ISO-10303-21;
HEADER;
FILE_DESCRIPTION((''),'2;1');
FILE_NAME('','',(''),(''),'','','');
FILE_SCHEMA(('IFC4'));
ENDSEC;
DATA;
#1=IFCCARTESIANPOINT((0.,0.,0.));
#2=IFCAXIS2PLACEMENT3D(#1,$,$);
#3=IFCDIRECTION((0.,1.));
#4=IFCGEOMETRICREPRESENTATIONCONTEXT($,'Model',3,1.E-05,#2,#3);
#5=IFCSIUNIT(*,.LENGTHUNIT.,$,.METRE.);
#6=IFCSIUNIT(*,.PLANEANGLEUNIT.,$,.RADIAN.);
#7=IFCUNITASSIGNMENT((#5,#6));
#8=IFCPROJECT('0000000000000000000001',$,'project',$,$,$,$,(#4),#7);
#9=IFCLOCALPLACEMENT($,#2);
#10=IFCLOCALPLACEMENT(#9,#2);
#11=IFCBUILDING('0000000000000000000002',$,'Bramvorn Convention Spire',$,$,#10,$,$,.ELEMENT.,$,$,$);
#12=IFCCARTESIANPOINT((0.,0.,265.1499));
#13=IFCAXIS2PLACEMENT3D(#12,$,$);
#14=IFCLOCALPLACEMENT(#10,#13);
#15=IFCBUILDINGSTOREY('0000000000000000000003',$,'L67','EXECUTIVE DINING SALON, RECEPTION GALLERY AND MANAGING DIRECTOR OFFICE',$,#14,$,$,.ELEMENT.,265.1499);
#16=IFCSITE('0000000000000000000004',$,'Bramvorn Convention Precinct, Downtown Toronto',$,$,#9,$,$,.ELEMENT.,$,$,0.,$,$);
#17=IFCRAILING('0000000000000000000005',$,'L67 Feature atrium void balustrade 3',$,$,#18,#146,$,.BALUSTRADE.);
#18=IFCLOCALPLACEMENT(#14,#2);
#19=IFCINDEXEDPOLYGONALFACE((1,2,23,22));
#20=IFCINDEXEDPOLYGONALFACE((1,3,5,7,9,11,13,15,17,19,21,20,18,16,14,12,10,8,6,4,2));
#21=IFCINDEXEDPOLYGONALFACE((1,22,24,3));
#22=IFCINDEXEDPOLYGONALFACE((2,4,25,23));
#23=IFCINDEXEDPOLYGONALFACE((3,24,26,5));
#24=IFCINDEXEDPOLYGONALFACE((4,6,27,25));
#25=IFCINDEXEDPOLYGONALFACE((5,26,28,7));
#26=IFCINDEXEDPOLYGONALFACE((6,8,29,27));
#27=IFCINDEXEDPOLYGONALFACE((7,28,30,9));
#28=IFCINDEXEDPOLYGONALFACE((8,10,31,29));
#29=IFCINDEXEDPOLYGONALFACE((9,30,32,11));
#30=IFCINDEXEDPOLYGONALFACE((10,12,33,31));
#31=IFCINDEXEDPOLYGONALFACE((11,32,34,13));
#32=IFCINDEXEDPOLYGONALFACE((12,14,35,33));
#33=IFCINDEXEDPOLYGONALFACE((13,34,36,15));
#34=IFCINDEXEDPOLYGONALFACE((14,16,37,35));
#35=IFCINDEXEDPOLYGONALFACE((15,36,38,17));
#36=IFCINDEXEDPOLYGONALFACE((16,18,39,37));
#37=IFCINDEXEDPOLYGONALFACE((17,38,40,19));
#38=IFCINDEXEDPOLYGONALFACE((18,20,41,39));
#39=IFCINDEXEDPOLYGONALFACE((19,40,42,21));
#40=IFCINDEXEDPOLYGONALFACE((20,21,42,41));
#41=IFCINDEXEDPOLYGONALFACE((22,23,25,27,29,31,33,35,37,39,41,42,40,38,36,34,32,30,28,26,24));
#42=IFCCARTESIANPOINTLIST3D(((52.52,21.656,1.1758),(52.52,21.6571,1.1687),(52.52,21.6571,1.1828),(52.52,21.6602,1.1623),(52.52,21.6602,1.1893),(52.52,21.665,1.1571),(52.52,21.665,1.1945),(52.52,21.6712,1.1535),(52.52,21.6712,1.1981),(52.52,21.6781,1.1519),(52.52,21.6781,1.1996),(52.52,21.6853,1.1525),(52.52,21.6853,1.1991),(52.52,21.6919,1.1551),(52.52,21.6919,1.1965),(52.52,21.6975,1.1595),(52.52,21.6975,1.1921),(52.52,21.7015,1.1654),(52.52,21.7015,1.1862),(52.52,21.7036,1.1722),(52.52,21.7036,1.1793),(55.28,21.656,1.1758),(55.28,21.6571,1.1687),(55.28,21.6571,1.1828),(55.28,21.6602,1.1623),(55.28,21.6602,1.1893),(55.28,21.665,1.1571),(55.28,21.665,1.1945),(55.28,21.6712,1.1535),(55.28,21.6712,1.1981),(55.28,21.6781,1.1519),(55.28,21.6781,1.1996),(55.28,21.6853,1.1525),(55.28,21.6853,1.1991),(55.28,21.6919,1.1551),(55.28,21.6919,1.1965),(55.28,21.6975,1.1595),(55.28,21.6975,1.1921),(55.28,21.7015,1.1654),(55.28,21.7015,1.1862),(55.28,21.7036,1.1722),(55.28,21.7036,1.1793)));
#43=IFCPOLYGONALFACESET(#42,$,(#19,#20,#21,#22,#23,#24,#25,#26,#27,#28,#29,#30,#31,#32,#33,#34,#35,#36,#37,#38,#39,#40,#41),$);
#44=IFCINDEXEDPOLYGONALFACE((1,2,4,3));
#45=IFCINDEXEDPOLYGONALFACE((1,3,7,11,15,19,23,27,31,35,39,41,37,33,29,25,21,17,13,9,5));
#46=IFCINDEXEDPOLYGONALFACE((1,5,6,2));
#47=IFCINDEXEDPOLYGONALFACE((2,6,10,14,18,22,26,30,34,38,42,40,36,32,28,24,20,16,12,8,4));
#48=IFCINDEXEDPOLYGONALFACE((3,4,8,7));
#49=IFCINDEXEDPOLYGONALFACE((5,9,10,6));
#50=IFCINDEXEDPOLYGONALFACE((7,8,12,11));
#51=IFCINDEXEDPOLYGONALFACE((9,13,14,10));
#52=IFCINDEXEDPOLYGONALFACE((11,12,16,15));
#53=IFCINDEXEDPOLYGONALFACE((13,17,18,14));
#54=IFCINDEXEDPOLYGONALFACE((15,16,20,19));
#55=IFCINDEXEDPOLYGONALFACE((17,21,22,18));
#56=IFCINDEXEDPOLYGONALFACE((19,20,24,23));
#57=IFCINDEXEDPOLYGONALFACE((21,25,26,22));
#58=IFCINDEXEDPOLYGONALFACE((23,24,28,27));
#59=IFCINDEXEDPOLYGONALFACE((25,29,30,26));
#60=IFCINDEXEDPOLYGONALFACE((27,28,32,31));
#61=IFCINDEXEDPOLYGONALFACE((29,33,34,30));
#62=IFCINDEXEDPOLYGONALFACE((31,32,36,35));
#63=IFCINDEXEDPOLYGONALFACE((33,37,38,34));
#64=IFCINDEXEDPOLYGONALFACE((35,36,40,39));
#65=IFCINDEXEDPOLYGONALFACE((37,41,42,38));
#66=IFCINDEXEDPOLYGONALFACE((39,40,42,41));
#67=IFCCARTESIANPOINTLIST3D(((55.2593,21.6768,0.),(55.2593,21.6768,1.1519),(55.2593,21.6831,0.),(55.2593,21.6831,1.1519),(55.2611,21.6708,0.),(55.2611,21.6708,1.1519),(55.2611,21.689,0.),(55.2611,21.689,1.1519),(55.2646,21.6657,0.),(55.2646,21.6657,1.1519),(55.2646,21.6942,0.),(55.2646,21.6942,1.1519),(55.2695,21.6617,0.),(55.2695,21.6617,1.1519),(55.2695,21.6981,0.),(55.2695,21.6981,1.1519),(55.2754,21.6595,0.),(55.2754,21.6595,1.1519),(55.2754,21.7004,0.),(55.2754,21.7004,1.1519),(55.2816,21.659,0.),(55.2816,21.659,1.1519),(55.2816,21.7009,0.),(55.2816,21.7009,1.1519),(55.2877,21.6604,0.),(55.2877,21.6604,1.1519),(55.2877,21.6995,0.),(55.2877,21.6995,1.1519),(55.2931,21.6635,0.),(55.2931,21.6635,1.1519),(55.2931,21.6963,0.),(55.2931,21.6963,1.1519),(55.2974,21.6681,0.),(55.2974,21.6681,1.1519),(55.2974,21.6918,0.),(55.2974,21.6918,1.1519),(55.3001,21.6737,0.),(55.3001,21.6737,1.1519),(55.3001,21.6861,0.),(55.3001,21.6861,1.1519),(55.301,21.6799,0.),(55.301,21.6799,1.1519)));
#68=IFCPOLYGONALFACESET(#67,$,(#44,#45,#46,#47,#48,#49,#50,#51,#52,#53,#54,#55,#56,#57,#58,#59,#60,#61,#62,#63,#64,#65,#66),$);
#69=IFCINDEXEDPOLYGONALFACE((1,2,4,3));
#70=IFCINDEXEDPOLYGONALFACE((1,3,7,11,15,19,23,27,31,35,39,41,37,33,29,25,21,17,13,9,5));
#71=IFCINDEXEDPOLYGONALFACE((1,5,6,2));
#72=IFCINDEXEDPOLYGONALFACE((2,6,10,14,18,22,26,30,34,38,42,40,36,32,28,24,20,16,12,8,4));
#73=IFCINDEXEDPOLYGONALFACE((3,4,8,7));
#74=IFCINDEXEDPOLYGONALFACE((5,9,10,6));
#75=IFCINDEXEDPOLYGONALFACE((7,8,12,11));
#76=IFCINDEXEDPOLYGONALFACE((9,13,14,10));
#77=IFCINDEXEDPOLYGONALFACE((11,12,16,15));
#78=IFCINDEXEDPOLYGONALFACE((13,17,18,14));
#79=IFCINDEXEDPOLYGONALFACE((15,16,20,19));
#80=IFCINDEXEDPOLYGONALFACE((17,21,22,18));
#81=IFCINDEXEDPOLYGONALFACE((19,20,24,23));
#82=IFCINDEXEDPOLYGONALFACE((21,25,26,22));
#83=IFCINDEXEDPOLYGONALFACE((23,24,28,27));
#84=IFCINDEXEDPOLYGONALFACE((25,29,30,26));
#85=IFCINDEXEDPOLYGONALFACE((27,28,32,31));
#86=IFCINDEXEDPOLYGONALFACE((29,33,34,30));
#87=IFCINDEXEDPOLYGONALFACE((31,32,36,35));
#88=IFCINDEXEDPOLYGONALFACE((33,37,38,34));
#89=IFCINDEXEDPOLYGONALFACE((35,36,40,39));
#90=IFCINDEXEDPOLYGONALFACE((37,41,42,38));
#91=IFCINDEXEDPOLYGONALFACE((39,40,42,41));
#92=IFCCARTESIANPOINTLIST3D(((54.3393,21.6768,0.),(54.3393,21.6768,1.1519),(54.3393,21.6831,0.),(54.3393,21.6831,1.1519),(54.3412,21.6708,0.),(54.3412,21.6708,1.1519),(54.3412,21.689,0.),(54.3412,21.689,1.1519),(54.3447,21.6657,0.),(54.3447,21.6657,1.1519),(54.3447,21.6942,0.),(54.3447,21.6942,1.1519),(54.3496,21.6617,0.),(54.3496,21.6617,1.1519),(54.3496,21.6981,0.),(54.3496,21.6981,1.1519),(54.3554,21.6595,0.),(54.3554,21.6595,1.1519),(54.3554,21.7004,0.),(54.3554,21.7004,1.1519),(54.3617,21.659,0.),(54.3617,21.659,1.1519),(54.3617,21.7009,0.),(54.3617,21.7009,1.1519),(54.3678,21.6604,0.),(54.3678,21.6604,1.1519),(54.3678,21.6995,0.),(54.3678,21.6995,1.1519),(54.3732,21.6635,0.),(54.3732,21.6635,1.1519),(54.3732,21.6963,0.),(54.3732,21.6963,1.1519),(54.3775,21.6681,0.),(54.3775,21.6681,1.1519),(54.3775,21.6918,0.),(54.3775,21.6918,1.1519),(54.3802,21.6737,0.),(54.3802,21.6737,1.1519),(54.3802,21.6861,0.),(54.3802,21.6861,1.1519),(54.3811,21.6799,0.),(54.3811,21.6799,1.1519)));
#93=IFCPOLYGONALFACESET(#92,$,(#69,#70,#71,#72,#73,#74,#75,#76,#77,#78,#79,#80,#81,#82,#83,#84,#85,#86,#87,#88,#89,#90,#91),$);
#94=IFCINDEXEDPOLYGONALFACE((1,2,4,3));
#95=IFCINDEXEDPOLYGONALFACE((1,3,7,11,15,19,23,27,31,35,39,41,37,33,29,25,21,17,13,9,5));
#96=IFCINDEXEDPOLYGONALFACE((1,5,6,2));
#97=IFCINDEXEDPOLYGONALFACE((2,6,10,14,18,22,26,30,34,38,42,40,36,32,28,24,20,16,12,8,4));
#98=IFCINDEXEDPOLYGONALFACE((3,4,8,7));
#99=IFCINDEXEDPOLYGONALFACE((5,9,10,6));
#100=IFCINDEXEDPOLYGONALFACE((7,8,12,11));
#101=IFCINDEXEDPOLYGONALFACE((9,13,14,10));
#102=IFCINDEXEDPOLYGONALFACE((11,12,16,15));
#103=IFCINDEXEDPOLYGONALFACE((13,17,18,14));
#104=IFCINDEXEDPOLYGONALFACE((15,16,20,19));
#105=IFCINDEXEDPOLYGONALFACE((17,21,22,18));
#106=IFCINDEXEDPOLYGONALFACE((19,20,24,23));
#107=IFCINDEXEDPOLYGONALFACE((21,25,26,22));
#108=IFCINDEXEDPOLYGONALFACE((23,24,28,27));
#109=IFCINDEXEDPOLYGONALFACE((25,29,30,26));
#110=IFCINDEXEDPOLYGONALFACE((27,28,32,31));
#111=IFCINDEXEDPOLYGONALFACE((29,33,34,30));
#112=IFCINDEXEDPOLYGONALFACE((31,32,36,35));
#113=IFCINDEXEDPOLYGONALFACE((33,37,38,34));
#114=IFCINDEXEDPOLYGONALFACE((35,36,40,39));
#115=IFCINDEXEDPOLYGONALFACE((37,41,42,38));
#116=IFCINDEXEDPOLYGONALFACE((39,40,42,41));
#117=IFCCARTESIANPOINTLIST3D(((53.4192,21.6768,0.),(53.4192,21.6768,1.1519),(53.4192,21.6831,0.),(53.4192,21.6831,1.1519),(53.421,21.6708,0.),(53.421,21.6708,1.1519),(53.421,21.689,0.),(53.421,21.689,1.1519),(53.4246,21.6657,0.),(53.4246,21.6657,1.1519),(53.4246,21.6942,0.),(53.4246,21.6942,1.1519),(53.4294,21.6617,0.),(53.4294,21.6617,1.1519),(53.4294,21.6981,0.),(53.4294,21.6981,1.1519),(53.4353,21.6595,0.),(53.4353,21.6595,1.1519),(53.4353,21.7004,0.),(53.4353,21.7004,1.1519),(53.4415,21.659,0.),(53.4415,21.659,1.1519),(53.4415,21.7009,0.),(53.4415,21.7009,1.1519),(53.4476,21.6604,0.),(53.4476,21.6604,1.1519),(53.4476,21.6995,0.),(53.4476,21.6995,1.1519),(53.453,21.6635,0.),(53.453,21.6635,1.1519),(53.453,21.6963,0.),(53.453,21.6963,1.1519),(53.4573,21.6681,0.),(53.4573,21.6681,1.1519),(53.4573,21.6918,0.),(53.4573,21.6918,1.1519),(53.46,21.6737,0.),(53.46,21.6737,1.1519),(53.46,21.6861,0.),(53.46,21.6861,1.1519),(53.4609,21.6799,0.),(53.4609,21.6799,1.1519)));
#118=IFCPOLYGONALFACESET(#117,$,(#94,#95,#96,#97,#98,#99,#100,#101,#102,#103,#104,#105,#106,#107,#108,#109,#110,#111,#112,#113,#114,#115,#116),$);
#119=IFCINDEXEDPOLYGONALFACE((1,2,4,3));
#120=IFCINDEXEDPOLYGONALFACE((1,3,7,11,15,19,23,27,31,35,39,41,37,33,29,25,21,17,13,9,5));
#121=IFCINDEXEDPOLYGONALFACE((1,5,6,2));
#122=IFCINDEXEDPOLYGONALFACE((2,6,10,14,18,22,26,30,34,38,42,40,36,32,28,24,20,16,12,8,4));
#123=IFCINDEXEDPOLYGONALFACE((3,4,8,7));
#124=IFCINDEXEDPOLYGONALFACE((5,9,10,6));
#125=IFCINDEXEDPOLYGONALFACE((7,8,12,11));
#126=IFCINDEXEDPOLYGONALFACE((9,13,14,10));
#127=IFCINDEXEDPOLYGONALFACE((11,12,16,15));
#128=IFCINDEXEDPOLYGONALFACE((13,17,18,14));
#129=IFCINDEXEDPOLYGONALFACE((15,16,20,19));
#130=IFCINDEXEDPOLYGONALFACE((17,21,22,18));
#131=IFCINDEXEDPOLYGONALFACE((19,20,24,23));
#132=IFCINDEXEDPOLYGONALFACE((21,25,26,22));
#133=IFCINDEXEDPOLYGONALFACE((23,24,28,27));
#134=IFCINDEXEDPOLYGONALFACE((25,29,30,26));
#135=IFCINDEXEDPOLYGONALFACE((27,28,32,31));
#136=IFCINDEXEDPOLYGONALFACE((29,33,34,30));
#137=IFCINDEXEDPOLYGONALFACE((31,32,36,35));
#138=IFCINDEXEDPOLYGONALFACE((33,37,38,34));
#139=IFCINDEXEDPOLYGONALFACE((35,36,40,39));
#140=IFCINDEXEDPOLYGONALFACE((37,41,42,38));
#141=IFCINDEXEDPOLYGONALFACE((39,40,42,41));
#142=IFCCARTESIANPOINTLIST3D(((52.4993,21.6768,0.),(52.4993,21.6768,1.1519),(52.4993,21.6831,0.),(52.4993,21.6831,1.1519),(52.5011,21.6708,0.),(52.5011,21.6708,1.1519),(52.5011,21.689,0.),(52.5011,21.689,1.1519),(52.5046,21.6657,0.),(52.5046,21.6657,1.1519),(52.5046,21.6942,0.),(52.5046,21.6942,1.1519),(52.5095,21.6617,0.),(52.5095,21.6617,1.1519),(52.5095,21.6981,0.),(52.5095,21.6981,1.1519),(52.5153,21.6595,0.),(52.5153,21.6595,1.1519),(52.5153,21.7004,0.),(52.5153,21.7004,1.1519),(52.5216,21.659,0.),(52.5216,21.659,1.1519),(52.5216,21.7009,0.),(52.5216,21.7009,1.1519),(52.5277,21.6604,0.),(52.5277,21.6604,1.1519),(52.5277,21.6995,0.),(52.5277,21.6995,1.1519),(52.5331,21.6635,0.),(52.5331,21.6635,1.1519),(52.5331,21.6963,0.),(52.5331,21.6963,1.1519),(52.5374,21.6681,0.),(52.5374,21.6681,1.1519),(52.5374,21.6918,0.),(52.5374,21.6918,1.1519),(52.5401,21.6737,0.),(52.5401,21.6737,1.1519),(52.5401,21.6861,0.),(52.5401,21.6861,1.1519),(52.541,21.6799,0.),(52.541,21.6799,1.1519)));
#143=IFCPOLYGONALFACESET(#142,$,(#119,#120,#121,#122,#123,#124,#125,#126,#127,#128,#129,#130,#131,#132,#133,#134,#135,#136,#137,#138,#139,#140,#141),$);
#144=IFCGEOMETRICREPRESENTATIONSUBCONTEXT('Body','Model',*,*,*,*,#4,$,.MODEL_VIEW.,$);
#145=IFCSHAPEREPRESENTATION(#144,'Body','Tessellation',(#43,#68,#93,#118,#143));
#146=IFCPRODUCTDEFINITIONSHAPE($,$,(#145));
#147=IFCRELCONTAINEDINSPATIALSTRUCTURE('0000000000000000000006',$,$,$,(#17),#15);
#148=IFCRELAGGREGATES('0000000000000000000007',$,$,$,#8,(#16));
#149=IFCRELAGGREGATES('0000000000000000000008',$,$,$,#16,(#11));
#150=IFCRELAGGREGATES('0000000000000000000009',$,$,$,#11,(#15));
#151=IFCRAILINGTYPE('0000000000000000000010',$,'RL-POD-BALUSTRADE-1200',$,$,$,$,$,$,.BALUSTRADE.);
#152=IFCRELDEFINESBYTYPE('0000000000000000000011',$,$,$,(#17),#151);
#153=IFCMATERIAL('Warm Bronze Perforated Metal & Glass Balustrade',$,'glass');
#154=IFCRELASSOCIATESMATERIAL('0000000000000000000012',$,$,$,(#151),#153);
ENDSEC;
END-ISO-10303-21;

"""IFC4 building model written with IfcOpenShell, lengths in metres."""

from ifc_helpers import new_model, si_unit, direction, frame, origin, origin_2d, place, context, subcontext, project, spatial, circle, extrude, material, type_object, element, save


model = new_model("IFC4")

# Units and contexts
model_context = context("Model", 3, precision=1e-05, world=origin(), true_north=direction((0.0, 1.0)))
body_context = subcontext(model_context, "Body", "Model", "MODEL_VIEW")
ifc_project = project(units=[si_unit("LENGTHUNIT", "METRE"), si_unit("PLANEANGLEUNIT", "RADIAN")], contexts=[model_context])

# Site, building, storey
site_placement = place(None, origin())
site = spatial("IfcSite", under=ifc_project, at=site_placement, Name="Bramvorn Convention Precinct, Downtown Toronto", CompositionType="ELEMENT", RefElevation=0.0)
building_placement = place(site_placement, origin())
building = spatial("IfcBuilding", under=site, at=building_placement, Name="Bramvorn Convention Spire", CompositionType="ELEMENT")
storey_placement = place(building_placement, frame((0.0, 0.0, 265.1499)))
storey = spatial("IfcBuildingStorey", under=building, at=storey_placement, Name="L67", Description="EXECUTIVE DINING SALON, RECEPTION GALLERY AND MANAGING DIRECTOR OFFICE", CompositionType="ELEMENT", Elevation=265.1499)

# Railing
ifc_material_1 = material(Name="Warm Bronze Perforated Metal & Glass Balustrade", Category="glass")
railing_type = type_object("IfcRailingType", Name="RL-POD-BALUSTRADE-1200", PredefinedType="BALUSTRADE", material=ifc_material_1)
railing_1_placement = place(storey_placement, frame((55.28, 21.6799, 0.0)))
element("IfcRailing", 1, at=railing_1_placement, inside=storey, type_object=railing_type, Name="L67 Feature atrium void balustrade 3", PredefinedType="BALUSTRADE", context=body_context, shape_type="SweptSolid", body=[
    extrude(circle(Radius=0.0239, at=origin_2d()), frame((0.0, 0.0, 1.1758), z_axis=(-1.0, 0.0, 0.0), x_axis=(0.0, -1.0, 0.0)), (0.0, 0.0, 1.0), 2.76),
    extrude(circle(Radius=0.021, at=origin_2d()), origin(), (0.0, 0.0, 1.0), 1.1519),
    extrude(circle(Radius=0.021, at=origin_2d()), frame((-0.9199, 0.0, 0.0)), (0.0, 0.0, 1.0), 1.1519),
    extrude(circle(Radius=0.021, at=origin_2d()), frame((-1.8401, 0.0, 0.0)), (0.0, 0.0, 1.0), 1.1519),
    extrude(circle(Radius=0.021, at=origin_2d()), frame((-2.76, 0.0, 0.0)), (0.0, 0.0, 1.0), 1.1519),
])

save(model, "model.ifc")
